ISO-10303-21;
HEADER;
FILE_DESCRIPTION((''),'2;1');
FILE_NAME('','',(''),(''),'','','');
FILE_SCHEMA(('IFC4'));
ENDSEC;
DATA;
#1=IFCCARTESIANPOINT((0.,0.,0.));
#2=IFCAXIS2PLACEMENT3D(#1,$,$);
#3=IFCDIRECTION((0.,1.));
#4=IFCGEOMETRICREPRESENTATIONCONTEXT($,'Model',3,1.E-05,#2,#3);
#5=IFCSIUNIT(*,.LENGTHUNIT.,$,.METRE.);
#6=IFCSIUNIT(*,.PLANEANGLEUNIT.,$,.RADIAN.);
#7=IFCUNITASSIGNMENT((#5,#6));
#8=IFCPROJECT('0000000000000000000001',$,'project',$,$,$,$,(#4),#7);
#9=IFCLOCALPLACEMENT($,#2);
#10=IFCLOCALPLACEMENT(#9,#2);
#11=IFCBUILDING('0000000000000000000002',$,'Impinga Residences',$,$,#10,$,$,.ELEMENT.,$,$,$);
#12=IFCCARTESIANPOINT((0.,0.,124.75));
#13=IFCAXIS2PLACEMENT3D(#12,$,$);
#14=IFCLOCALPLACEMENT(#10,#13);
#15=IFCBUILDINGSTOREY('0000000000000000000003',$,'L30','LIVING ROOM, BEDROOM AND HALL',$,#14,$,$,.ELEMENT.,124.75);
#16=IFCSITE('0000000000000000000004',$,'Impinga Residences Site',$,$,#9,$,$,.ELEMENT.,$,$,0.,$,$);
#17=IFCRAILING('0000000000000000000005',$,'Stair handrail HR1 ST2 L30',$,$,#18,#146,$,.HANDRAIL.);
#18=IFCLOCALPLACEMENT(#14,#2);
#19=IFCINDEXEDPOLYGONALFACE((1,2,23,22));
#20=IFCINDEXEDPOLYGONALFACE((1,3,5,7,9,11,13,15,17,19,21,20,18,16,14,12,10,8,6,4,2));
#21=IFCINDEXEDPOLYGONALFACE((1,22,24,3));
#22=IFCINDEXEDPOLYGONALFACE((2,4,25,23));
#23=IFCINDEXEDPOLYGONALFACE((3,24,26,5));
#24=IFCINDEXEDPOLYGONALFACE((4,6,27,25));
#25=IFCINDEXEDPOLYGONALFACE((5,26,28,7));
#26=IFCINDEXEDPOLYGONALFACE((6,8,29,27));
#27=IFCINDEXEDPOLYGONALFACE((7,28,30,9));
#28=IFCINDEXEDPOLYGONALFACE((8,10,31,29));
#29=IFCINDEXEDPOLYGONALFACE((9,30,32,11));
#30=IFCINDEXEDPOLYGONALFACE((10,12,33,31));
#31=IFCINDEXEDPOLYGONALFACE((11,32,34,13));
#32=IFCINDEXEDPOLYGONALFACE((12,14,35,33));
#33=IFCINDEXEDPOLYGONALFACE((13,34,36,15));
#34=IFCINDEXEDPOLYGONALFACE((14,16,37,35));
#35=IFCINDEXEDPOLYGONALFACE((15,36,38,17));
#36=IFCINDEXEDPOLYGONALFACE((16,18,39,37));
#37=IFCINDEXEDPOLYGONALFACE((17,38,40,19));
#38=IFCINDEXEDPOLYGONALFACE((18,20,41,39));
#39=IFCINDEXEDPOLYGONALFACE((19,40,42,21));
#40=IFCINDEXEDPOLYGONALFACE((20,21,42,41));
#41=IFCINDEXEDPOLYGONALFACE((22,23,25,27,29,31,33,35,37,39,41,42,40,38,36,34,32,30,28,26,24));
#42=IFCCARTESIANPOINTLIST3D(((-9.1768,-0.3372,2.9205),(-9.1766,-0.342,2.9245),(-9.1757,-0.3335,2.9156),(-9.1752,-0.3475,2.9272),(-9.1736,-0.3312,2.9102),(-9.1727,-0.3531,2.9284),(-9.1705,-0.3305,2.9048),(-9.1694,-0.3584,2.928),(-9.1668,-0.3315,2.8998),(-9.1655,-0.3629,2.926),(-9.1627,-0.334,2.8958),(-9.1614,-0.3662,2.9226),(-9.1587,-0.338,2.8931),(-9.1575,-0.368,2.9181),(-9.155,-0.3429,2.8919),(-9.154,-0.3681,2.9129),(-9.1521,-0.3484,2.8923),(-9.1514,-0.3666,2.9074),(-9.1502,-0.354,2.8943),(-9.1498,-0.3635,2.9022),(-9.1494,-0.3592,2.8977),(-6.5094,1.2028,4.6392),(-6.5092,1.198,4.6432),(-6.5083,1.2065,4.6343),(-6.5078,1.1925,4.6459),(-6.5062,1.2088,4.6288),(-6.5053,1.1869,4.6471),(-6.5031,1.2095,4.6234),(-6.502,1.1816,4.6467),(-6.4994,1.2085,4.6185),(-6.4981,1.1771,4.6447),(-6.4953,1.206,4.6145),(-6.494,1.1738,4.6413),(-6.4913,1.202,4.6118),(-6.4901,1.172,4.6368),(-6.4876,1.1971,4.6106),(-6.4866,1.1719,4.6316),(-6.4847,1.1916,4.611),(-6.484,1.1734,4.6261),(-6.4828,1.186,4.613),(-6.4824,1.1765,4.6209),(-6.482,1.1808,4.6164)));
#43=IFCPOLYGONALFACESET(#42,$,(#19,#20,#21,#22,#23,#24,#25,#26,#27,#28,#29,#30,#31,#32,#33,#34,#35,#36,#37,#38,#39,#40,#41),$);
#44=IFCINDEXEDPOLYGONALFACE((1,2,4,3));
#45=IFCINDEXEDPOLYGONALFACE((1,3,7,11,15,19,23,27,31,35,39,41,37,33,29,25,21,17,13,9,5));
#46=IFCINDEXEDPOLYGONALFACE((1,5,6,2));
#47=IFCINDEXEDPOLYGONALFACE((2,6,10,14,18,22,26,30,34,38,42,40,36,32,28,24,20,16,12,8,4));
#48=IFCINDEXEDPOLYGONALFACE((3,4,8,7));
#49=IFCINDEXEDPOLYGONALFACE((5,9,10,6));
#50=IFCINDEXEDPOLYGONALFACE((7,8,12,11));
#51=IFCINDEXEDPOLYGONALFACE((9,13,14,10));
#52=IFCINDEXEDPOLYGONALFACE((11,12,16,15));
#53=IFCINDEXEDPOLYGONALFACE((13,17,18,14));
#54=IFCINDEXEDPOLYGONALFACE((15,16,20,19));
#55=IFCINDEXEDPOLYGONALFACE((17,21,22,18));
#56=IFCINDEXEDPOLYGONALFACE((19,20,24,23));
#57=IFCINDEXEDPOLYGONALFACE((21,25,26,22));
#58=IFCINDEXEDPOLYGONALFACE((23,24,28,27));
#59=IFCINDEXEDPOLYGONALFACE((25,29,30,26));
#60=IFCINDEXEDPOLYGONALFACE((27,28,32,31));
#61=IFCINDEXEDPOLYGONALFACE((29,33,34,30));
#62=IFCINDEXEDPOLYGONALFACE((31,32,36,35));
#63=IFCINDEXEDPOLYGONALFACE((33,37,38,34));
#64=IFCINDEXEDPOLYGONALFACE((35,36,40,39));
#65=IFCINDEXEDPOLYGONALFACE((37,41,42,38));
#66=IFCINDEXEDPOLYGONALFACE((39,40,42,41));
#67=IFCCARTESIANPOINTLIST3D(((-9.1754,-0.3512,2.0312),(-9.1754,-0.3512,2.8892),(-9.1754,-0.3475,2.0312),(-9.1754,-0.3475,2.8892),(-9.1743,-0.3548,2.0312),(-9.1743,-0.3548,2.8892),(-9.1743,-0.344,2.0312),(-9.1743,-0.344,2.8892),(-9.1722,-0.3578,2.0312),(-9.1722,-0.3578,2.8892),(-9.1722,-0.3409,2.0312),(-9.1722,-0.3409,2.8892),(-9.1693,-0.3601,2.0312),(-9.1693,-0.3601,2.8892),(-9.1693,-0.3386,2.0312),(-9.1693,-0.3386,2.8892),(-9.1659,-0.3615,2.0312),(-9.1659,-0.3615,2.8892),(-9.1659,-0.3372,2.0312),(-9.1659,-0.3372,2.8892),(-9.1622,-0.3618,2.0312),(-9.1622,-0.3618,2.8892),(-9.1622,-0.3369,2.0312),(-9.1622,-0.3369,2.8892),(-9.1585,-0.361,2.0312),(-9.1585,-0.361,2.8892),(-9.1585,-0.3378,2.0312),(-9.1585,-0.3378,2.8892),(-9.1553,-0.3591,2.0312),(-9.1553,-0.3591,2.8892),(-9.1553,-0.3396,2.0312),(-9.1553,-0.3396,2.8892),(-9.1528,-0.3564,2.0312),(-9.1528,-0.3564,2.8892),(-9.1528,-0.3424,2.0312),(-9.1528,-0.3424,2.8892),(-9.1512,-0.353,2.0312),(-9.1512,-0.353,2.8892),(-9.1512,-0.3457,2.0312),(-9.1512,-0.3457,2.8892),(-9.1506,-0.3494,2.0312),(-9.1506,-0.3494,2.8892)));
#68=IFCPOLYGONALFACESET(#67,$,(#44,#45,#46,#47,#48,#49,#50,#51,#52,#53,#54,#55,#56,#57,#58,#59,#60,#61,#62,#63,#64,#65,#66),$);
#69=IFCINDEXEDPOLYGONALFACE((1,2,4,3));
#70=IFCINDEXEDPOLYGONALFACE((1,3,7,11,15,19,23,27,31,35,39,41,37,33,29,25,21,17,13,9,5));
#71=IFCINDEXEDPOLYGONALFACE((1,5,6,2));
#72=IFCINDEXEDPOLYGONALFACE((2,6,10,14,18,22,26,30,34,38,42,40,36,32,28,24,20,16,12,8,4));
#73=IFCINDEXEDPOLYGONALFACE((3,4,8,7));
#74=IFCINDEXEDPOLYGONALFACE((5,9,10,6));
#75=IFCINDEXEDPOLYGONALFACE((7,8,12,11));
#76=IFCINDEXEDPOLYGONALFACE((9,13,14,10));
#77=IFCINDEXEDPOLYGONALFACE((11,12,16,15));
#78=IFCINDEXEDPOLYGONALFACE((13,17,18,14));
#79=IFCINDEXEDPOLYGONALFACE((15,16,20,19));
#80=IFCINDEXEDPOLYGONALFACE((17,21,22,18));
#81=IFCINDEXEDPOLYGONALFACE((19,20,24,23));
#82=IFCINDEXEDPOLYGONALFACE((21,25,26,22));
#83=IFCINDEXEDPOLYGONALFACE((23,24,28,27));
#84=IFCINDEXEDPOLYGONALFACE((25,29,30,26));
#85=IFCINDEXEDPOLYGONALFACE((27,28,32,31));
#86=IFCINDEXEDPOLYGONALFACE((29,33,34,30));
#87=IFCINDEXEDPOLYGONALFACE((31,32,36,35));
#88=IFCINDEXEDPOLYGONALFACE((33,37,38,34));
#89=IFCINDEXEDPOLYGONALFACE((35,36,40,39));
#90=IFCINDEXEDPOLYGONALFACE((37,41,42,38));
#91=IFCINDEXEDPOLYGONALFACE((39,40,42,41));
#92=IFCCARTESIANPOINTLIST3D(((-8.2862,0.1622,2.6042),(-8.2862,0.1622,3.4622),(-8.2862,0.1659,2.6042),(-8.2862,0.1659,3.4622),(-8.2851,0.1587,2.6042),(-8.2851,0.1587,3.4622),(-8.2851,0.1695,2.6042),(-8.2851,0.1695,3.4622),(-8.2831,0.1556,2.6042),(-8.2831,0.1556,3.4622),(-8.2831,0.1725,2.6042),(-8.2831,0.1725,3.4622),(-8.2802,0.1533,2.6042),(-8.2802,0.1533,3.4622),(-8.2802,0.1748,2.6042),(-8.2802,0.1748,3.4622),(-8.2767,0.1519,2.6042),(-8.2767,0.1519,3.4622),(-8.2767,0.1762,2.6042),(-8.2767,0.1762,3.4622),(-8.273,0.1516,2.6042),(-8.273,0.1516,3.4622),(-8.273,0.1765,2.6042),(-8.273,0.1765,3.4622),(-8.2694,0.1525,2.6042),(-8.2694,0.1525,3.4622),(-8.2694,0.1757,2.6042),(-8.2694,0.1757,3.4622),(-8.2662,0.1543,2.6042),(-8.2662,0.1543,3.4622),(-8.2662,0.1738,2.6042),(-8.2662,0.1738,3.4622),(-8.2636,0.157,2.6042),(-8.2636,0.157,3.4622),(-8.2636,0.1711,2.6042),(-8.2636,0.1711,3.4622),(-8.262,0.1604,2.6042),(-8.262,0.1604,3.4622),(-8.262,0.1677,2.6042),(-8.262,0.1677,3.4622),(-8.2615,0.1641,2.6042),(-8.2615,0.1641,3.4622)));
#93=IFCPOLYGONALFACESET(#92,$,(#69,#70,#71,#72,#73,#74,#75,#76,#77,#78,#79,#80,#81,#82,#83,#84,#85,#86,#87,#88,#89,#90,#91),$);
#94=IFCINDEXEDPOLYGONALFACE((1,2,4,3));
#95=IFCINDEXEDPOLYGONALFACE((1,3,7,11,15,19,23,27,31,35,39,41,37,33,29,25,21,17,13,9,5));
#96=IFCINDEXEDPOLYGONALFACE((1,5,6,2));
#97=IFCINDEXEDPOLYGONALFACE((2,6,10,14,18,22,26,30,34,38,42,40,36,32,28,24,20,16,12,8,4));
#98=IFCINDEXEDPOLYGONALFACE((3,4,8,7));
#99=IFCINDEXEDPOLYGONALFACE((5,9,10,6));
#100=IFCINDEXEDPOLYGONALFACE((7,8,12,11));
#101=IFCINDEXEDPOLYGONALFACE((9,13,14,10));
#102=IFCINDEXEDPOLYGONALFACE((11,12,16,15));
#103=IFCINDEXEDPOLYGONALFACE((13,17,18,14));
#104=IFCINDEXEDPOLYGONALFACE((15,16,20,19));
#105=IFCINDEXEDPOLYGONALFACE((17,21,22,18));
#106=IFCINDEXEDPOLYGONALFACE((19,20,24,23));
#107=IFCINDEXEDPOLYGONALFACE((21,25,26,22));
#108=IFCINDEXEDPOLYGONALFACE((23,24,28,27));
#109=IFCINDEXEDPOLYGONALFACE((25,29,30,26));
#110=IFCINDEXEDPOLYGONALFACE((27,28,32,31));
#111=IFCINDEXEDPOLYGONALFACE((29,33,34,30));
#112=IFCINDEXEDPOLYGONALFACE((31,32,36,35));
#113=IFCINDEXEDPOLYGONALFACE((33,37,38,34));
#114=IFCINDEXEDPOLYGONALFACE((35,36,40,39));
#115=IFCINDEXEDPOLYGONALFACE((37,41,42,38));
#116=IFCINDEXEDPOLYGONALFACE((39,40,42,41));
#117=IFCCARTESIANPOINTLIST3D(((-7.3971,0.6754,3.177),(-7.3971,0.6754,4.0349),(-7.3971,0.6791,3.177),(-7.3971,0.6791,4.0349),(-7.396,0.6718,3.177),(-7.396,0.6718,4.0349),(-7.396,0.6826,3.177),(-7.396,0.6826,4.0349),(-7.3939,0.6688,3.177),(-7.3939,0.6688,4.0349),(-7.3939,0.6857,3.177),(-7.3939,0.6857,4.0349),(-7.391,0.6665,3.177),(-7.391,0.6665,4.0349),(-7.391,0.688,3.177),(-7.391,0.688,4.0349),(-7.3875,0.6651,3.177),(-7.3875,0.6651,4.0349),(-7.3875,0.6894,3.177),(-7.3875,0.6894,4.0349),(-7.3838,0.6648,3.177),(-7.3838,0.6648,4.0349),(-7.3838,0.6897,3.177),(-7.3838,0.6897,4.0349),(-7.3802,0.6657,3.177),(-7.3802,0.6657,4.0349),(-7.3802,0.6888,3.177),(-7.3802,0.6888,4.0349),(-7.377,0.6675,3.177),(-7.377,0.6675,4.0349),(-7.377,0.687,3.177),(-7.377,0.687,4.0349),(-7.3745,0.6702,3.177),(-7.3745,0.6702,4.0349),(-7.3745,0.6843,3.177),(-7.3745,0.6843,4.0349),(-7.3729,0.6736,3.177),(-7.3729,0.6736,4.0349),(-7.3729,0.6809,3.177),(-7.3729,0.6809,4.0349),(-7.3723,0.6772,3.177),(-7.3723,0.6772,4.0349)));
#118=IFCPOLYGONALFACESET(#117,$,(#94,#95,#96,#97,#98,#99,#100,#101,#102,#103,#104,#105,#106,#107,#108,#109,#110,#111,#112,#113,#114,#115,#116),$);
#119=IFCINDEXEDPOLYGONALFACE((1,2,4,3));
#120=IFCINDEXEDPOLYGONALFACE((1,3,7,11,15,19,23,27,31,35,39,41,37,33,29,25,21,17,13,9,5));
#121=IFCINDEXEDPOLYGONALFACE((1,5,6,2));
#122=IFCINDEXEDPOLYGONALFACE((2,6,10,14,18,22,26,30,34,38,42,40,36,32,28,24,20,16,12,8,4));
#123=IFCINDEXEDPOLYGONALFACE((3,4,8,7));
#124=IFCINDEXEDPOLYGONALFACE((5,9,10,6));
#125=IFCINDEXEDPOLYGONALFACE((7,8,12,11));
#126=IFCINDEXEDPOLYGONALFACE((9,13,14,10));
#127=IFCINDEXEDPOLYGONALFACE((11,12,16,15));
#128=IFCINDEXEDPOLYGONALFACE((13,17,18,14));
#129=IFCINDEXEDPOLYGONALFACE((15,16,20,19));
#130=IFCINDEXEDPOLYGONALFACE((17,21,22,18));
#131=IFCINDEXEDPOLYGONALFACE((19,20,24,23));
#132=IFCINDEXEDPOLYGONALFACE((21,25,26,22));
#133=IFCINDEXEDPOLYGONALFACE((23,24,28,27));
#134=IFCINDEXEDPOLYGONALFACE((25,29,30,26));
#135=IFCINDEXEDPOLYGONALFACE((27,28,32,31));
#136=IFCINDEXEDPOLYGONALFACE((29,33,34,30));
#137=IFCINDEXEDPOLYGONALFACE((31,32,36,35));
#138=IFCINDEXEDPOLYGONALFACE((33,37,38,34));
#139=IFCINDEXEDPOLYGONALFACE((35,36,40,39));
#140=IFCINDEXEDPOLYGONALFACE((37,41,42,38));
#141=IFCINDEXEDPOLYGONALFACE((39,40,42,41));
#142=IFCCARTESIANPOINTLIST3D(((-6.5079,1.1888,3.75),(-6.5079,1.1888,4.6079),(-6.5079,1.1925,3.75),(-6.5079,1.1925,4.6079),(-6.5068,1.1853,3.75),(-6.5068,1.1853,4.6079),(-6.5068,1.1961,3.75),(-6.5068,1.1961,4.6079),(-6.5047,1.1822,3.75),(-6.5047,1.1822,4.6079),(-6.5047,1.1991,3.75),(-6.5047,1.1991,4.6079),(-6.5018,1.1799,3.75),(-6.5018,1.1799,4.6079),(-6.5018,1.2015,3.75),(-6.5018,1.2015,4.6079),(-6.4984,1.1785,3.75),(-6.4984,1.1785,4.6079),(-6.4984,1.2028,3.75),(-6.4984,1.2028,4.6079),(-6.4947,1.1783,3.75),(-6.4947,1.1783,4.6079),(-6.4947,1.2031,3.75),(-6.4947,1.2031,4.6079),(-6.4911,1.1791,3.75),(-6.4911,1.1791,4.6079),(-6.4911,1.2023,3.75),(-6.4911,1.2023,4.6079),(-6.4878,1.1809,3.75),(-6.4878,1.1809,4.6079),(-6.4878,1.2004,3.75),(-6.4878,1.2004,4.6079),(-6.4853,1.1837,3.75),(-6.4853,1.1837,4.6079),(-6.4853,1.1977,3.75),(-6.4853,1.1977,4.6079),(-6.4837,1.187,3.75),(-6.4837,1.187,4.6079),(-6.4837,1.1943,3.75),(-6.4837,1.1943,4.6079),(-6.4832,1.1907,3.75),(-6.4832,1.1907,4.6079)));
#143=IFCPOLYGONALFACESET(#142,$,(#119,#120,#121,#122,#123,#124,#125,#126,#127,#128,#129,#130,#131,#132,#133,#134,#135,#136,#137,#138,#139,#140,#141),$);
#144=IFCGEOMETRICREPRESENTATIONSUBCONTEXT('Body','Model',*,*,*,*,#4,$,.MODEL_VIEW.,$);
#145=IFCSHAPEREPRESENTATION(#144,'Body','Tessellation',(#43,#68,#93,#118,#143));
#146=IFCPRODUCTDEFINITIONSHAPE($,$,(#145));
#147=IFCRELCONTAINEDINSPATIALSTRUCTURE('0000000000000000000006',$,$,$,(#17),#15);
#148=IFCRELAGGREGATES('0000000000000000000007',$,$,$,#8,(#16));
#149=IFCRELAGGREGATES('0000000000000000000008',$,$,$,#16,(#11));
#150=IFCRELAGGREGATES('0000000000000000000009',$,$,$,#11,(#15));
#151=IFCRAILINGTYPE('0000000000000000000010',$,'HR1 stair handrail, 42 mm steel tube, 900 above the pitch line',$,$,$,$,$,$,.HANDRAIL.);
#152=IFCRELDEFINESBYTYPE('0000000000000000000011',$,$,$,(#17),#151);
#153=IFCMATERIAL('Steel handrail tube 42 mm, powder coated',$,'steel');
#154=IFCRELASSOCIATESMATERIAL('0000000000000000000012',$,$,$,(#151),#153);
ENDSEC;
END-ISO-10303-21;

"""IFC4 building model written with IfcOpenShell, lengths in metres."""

from ifc_helpers import new_model, si_unit, direction, frame, origin, origin_2d, place, context, subcontext, project, spatial, circle, extrude, material, type_object, element, save


model = new_model("IFC4")

# Units and contexts
model_context = context("Model", 3, precision=1e-05, world=origin(), true_north=direction((0.0, 1.0)))
body_context = subcontext(model_context, "Body", "Model", "MODEL_VIEW")
ifc_project = project(units=[si_unit("LENGTHUNIT", "METRE"), si_unit("PLANEANGLEUNIT", "RADIAN")], contexts=[model_context])

# Site, building, storey
site_placement = place(None, origin())
site = spatial("IfcSite", under=ifc_project, at=site_placement, Name="Impinga Residences Site", CompositionType="ELEMENT", RefElevation=0.0)
building_placement = place(site_placement, origin())
building = spatial("IfcBuilding", under=site, at=building_placement, Name="Impinga Residences", CompositionType="ELEMENT")
storey_placement = place(building_placement, frame((0.0, 0.0, 124.75)))
storey = spatial("IfcBuildingStorey", under=building, at=storey_placement, Name="L30", Description="LIVING ROOM, BEDROOM AND HALL", CompositionType="ELEMENT", Elevation=124.75)

# Railing
ifc_material_1 = material(Name="Steel handrail tube 42 mm, powder coated", Category="steel")
railing_type = type_object("IfcRailingType", Name="HR1 stair handrail, 42 mm steel tube, 900 above the pitch line", PredefinedType="HANDRAIL", material=ifc_material_1)
railing_placement = place(storey_placement, frame((-9.1631, -0.3494, 2.0312)))
element("IfcRailing", 1, at=railing_placement, inside=storey, type_object=railing_type, Name="Stair handrail HR1 ST2 L30", PredefinedType="HANDRAIL", context=body_context, shape_type="SweptSolid", body=[
    extrude(circle(Radius=0.021, at=origin_2d()), frame((0.0, 0.0, 0.8789), z_axis=(0.756256, 0.436616, 0.487282), x_axis=(-0.499992, 0.86603, 0.0)), (0.0, 0.0, 1.0), 3.5271),
    extrude(circle(Radius=0.0125, at=origin_2d()), origin(), (0.0, 0.0, 1.0), 0.8579),
    extrude(circle(Radius=0.0125, at=origin_2d()), frame((0.8892, 0.5134, 0.573)), (0.0, 0.0, 1.0), 0.8579),
    extrude(circle(Radius=0.0125, at=origin_2d()), frame((1.7783, 1.0266, 1.1458)), (0.0, 0.0, 1.0), 0.8579),
    extrude(circle(Radius=0.0125, at=origin_2d()), frame((2.6675, 1.54, 1.7188)), (0.0, 0.0, 1.0), 0.8579),
])

save(model, "model.ifc")
